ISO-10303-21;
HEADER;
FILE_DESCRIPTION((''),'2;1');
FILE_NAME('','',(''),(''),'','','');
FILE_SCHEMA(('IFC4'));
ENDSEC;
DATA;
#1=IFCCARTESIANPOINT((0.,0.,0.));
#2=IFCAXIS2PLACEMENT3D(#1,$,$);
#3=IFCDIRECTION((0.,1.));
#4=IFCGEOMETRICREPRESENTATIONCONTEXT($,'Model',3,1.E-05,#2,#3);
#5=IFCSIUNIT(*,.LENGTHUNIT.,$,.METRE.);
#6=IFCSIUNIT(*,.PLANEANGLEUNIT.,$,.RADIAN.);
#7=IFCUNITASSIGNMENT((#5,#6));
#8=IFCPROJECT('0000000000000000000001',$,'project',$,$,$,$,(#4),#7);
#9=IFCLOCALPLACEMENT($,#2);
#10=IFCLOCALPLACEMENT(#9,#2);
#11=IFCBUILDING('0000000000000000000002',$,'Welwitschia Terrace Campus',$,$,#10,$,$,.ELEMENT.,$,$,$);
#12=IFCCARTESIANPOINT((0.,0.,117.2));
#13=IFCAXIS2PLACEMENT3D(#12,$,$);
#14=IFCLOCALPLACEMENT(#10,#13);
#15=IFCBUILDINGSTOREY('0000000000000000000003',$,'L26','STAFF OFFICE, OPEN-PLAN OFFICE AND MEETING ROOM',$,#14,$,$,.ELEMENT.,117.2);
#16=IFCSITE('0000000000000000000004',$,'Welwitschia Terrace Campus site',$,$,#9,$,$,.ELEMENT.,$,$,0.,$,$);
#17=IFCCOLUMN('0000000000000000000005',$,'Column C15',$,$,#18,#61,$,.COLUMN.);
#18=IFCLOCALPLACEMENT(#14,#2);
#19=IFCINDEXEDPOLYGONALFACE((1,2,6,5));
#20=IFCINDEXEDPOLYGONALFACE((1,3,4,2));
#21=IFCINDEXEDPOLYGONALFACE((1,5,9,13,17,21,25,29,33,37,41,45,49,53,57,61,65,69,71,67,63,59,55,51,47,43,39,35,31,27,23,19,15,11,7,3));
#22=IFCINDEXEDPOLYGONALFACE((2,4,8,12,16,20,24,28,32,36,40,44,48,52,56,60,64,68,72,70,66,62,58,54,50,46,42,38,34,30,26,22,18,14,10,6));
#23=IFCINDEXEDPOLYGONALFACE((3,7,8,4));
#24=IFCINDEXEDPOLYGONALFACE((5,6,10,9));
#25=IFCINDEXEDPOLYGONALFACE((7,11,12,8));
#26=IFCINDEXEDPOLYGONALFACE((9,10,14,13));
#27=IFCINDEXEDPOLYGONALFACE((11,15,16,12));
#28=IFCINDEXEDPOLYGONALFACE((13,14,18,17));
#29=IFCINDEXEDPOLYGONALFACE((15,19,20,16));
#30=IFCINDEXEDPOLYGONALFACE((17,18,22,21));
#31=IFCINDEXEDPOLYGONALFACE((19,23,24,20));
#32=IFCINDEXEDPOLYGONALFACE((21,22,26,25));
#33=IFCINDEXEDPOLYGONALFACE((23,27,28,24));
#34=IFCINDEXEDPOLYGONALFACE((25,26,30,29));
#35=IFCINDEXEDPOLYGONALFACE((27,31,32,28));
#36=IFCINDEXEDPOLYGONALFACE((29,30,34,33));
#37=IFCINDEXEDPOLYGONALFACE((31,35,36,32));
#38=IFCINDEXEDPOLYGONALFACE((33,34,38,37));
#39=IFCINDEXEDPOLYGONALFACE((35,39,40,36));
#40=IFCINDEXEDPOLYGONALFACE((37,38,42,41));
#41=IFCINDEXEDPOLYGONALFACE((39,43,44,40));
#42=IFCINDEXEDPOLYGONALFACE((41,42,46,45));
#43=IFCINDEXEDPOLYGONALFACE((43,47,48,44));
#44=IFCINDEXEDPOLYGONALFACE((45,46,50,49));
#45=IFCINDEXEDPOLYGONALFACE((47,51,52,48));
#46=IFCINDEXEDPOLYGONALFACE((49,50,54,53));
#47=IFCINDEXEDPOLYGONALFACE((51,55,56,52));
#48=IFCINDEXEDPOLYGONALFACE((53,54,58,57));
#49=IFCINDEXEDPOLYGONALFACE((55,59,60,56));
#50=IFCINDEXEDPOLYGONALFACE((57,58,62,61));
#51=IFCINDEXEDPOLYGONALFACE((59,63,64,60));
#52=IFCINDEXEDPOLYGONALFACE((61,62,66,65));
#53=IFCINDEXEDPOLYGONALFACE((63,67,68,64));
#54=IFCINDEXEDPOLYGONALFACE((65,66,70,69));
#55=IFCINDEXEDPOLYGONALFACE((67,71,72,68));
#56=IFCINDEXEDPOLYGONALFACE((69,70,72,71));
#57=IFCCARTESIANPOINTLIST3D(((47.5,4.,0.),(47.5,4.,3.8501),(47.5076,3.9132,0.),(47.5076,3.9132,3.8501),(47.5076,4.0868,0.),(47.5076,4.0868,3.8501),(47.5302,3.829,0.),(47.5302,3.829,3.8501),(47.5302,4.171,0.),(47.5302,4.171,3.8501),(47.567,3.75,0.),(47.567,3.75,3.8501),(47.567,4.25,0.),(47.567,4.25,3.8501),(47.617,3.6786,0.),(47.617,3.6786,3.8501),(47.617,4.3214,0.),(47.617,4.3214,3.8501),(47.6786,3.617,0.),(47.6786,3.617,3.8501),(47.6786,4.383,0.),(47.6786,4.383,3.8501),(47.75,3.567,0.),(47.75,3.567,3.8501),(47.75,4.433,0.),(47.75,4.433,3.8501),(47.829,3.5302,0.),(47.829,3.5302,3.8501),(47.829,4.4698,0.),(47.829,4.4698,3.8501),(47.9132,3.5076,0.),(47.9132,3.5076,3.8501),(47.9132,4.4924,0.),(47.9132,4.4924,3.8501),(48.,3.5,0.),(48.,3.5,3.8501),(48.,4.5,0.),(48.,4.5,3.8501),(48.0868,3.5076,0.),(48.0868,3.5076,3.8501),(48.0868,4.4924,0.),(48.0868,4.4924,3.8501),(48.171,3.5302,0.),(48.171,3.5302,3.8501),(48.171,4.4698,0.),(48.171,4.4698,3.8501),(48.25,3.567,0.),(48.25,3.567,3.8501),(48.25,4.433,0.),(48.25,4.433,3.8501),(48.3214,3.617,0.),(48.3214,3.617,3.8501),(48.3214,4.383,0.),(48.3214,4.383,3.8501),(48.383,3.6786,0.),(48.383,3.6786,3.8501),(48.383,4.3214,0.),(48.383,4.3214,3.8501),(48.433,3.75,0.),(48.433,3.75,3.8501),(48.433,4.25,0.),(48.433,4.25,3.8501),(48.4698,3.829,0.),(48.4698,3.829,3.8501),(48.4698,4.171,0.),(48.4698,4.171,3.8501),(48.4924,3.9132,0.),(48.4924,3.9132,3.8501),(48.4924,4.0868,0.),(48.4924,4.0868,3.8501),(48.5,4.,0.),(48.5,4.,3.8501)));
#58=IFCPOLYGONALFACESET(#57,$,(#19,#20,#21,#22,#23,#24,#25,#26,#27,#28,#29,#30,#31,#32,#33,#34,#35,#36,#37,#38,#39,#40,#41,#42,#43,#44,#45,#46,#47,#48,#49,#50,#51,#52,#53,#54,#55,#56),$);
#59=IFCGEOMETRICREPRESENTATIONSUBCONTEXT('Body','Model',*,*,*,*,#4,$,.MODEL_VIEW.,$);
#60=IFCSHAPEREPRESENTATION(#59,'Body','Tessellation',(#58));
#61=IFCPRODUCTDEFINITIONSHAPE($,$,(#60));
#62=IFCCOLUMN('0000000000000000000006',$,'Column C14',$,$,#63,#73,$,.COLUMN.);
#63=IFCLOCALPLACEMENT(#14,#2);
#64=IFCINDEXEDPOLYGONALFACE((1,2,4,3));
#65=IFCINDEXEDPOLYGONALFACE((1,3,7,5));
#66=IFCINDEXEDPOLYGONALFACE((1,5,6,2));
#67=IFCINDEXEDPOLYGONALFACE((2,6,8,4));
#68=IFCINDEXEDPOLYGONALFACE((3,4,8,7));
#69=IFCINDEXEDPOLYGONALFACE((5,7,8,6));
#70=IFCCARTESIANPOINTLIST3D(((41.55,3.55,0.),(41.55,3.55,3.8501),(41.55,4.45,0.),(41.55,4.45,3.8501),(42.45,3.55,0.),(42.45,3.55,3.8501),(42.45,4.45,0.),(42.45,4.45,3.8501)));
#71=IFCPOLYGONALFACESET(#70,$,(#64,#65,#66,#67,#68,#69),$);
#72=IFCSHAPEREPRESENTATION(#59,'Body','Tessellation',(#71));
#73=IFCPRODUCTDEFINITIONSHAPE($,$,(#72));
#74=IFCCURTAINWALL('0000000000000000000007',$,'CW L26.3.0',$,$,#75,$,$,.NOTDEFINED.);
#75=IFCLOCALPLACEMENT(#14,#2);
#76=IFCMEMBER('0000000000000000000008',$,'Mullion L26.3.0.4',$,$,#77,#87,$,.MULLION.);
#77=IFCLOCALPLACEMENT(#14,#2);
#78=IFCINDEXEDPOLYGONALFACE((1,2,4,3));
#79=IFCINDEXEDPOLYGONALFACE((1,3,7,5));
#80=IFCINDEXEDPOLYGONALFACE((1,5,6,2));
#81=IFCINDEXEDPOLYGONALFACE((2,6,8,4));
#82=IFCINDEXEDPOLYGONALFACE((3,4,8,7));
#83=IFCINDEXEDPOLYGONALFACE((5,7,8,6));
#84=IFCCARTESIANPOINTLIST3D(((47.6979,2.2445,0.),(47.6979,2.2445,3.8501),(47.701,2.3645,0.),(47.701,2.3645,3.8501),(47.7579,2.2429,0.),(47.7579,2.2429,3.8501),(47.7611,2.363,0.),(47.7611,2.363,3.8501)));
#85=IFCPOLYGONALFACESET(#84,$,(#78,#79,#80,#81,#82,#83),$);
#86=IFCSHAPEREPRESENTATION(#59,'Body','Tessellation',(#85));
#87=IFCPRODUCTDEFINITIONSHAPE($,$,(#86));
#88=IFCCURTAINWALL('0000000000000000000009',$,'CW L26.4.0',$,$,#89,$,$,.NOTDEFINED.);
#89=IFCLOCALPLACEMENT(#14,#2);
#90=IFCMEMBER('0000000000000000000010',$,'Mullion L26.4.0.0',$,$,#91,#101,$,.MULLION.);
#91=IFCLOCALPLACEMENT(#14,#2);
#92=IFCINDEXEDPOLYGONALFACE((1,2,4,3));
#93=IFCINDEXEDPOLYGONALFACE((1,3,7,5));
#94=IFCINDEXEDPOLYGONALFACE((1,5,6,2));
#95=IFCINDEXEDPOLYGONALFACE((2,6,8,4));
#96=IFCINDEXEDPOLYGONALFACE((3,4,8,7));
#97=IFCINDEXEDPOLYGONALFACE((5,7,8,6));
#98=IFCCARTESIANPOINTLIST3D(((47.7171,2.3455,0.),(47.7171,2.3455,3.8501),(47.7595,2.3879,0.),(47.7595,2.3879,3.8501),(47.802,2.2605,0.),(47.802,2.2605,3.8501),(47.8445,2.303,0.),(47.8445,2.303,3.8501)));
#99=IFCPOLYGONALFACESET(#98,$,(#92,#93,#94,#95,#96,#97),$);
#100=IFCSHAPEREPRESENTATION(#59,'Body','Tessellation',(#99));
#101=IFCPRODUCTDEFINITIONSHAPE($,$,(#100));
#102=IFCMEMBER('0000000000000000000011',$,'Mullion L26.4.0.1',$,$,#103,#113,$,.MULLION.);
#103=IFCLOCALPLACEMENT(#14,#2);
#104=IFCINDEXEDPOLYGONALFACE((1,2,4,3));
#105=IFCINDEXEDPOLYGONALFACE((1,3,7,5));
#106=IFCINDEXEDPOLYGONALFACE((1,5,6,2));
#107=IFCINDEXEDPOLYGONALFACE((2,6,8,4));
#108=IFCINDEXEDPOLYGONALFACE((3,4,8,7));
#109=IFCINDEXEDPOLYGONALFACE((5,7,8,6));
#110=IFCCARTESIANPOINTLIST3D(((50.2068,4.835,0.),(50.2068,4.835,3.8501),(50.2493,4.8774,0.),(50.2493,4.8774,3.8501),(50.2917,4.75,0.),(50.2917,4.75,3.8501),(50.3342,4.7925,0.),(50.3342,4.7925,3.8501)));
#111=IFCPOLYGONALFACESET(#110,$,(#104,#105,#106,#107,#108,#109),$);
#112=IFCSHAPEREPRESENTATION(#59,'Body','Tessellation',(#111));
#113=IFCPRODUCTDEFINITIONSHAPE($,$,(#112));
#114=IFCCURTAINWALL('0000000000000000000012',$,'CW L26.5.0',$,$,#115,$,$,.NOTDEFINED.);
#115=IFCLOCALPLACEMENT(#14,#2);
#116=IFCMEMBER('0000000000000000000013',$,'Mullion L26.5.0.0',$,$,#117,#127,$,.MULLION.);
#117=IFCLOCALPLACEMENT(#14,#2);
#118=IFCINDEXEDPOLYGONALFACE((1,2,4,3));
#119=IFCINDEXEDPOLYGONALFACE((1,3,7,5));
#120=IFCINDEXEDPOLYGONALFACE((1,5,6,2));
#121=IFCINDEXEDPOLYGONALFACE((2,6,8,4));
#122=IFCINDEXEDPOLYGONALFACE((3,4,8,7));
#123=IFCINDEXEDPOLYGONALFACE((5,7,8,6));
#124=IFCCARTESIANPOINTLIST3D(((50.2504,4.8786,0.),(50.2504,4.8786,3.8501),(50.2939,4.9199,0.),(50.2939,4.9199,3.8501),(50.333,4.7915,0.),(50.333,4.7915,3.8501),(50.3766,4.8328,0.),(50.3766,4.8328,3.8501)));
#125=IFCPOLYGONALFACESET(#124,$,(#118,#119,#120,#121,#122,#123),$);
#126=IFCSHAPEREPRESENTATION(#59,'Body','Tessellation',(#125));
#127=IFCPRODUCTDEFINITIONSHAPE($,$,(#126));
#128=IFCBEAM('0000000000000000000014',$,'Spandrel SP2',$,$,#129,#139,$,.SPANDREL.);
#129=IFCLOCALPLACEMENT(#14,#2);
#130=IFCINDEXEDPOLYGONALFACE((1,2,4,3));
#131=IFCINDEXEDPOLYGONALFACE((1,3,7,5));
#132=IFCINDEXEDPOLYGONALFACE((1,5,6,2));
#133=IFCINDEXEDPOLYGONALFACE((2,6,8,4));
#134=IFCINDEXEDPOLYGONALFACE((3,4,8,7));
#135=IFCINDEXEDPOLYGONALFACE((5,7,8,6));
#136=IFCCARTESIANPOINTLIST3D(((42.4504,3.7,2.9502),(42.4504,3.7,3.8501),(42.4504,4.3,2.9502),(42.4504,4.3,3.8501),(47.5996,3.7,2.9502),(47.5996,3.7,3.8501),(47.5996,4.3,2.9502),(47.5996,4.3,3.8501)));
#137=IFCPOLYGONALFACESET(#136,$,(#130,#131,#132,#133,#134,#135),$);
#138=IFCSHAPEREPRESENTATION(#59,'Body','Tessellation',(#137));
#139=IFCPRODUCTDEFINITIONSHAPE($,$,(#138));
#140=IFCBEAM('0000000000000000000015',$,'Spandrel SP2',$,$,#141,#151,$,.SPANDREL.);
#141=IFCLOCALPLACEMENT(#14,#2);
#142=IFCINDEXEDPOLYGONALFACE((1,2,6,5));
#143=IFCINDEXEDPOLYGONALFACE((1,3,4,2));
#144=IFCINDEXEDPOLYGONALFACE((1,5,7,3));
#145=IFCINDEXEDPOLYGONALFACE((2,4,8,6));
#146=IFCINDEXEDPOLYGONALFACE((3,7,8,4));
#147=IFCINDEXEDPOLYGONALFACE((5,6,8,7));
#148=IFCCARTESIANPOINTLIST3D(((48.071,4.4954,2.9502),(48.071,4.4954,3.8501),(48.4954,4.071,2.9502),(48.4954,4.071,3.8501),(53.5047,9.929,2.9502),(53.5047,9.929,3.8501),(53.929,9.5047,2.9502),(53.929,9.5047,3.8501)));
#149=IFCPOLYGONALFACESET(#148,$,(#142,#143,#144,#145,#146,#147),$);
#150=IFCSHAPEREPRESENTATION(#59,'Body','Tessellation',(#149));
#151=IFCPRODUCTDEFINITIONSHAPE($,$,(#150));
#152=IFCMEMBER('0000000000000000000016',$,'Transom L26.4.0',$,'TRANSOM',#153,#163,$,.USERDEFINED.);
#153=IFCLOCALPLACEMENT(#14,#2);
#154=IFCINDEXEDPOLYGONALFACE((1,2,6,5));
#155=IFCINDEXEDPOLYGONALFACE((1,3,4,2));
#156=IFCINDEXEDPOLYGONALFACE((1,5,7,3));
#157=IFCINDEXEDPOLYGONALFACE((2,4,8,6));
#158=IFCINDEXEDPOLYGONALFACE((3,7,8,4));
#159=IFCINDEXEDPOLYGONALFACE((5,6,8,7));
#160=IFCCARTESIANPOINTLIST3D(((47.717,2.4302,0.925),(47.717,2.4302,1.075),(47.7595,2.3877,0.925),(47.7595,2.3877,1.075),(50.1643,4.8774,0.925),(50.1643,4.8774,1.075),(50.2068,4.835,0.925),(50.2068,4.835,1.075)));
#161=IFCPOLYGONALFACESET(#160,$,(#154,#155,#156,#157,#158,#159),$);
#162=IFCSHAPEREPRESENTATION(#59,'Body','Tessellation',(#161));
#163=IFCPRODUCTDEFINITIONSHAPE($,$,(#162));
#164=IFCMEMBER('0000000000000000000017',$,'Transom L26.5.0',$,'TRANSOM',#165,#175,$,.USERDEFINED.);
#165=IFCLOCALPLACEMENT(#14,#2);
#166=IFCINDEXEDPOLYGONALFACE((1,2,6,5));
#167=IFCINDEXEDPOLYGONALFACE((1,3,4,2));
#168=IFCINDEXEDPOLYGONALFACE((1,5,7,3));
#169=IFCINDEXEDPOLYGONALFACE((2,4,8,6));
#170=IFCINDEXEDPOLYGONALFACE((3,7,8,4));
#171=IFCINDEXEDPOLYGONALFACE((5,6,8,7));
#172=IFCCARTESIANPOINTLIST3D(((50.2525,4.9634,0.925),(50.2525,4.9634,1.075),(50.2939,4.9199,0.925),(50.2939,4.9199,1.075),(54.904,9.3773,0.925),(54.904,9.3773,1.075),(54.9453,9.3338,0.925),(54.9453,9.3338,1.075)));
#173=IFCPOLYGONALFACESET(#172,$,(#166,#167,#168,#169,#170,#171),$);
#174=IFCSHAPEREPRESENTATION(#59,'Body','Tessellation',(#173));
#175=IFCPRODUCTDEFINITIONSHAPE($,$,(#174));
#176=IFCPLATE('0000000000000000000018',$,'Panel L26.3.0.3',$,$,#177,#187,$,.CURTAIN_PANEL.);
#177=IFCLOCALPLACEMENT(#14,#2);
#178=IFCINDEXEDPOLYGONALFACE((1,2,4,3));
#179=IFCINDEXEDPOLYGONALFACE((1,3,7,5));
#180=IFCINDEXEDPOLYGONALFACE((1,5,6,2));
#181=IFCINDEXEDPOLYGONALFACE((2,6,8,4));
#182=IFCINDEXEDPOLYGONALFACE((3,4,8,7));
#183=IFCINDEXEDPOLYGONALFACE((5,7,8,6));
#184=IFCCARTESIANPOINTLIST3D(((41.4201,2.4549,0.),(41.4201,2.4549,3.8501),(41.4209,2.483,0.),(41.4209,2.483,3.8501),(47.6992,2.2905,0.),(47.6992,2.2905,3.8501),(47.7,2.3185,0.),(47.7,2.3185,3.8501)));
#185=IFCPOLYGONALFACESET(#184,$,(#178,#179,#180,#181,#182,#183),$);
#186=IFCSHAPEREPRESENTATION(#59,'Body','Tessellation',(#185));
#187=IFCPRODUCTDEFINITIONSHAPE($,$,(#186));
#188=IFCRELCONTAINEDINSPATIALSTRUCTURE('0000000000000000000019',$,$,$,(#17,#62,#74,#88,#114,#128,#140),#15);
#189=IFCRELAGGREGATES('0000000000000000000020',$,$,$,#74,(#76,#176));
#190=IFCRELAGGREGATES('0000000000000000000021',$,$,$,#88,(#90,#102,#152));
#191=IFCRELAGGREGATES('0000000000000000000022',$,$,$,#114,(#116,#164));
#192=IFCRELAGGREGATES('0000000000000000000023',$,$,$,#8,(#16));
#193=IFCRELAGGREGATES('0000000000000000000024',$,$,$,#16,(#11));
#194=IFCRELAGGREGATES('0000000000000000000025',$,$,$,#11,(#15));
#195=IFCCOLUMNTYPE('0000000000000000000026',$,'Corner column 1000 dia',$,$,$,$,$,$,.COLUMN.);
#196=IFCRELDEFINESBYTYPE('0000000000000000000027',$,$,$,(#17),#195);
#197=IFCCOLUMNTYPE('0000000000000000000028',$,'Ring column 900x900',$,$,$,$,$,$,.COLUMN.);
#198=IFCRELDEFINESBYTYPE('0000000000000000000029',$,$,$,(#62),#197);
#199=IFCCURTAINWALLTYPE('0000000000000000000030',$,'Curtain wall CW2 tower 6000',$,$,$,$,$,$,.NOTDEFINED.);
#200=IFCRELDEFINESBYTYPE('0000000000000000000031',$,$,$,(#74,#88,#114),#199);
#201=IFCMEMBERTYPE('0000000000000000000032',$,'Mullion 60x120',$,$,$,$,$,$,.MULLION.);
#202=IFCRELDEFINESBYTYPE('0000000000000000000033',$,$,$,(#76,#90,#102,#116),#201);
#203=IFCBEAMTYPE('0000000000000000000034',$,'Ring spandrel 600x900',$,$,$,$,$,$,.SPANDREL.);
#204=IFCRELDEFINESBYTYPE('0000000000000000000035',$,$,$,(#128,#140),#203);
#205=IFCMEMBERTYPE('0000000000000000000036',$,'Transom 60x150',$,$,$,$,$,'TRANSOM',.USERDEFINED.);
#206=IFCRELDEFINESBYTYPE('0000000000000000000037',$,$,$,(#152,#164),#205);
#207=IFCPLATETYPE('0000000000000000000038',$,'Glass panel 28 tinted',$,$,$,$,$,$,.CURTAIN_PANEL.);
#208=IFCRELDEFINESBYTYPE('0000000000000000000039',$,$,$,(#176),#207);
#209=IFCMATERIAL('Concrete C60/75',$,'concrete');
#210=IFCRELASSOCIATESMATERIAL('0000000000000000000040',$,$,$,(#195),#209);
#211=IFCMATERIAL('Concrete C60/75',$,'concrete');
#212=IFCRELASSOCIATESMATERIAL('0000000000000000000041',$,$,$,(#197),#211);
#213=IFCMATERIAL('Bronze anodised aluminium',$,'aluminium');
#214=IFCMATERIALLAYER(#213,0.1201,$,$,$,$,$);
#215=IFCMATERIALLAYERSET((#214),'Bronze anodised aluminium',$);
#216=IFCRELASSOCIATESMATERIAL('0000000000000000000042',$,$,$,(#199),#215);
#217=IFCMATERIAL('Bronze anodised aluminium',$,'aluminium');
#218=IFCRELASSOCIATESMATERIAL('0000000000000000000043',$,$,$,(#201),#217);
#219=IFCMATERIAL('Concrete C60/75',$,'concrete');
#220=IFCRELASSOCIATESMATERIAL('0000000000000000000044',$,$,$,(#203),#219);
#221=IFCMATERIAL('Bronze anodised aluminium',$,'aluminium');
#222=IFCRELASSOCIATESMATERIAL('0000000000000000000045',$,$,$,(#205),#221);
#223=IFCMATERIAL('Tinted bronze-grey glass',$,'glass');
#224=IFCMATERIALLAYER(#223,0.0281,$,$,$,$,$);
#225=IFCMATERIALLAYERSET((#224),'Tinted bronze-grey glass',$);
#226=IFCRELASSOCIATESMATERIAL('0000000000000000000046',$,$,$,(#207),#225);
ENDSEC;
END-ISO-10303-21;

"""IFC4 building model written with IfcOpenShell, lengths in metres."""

from ifc_helpers import new_model, si_unit, direction, frame, origin, origin_2d, place, context, subcontext, project, spatial, rectangle, circle, extrude, material, layer, layer_set, material_profile, profile_set, type_object, element, aggregate, save


model = new_model("IFC4")

# Units and contexts
model_context = context("Model", 3, precision=1e-05, world=origin(), true_north=direction((0.0, 1.0)))
body_context = subcontext(model_context, "Body", "Model", "MODEL_VIEW")
ifc_project = project(units=[si_unit("LENGTHUNIT", "METRE"), si_unit("PLANEANGLEUNIT", "RADIAN")], contexts=[model_context])

# Site, building, storey
site_placement = place(None, origin())
site = spatial("IfcSite", under=ifc_project, at=site_placement, Name="Welwitschia Terrace Campus site", CompositionType="ELEMENT", RefElevation=0.0)
building_placement = place(site_placement, origin())
building = spatial("IfcBuilding", under=site, at=building_placement, Name="Welwitschia Terrace Campus", CompositionType="ELEMENT")
storey_placement = place(building_placement, frame((0.0, 0.0, 117.2)))
storey = spatial("IfcBuildingStorey", under=building, at=storey_placement, Name="L26", Description="STAFF OFFICE, OPEN-PLAN OFFICE AND MEETING ROOM", CompositionType="ELEMENT", Elevation=117.2)

# Columns
ifc_material_1 = material(Name="Concrete C60/75", Category="concrete")
ifc_material_profile_1 = material_profile(ifc_material_1, circle(Radius=0.5, at=origin_2d()))
ifc_profile_set_1 = profile_set([ifc_material_profile_1], Name="Concrete C60/75")
column_type_1 = type_object("IfcColumnType", Name="Corner column 1000 dia", PredefinedType="COLUMN", material=ifc_profile_set_1)
column_1_placement = place(storey_placement, frame((48.0, 4.0, 0.0), z_axis=(0.0, 0.0, 1.0), x_axis=(1.0, 0.0, 0.0)))
element("IfcColumn", 1, at=column_1_placement, inside=storey, type_object=column_type_1, Name="Column C15", PredefinedType="COLUMN", context=body_context, shape_type="SweptSolid", body=[
    extrude(circle(Radius=0.5, at=origin_2d()), origin(), (0.0, 0.0, 1.0), 3.8501),
])
ifc_material_2 = material(Name="Concrete C60/75", Category="concrete")
ifc_material_profile_2 = material_profile(ifc_material_2, rectangle(XDim=0.8999, YDim=0.8999, at=origin_2d()))
ifc_profile_set_2 = profile_set([ifc_material_profile_2], Name="Concrete C60/75")
column_type_2 = type_object("IfcColumnType", Name="Ring column 900x900", PredefinedType="COLUMN", material=ifc_profile_set_2)
column_2_placement = place(storey_placement, frame((42.0, 4.0, 0.0), z_axis=(0.0, 0.0, 1.0), x_axis=(1.0, 0.0, 0.0)))
element("IfcColumn", 2, at=column_2_placement, inside=storey, type_object=column_type_2, Name="Column C14", PredefinedType="COLUMN", context=body_context, shape_type="SweptSolid", body=[
    extrude(rectangle(XDim=0.8999, YDim=0.8999, at=origin_2d()), origin(), (0.0, 0.0, 1.0), 3.8501),
])

# Curtain wall, member
ifc_material_3 = material(Name="Bronze anodised aluminium", Category="aluminium")
ifc_layer_1 = layer(ifc_material_3, 0.1201)
ifc_layer_set_1 = layer_set([ifc_layer_1], Name="Bronze anodised aluminium")
curtain_wall_type = type_object("IfcCurtainWallType", Name="Curtain wall CW2 tower 6000", PredefinedType="NOTDEFINED", material=ifc_layer_set_1)
curtain_wall_1_placement = place(storey_placement, origin())
curtain_wall_1 = element("IfcCurtainWall", 3, at=curtain_wall_1_placement, inside=storey, type_object=curtain_wall_type, Name="CW L26.3.0", PredefinedType="NOTDEFINED")
ifc_material_4 = material(Name="Bronze anodised aluminium", Category="aluminium")
ifc_material_profile_3 = material_profile(ifc_material_4, rectangle(XDim=0.1201, YDim=0.0601, at=origin_2d()))
ifc_profile_set_3 = profile_set([ifc_material_profile_3], Name="Bronze anodised aluminium")
member_type_1 = type_object("IfcMemberType", Name="Mullion 60x120", PredefinedType="MULLION", material=ifc_profile_set_3)
member_1_placement = place(storey_placement, frame((47.7295, 2.3037, 0.0), z_axis=(0.0, 0.0, 1.0), x_axis=(0.026177, 0.999657, 0.0)))
member_1 = element("IfcMember", 4, at=member_1_placement, type_object=member_type_1, Name="Mullion L26.3.0.4", PredefinedType="MULLION", context=body_context, shape_type="SweptSolid", body=[
    extrude(rectangle(XDim=0.1201, YDim=0.0601, at=origin_2d()), origin(), (0.0, 0.0, 1.0), 3.8501),
])

# Curtain wall, members
curtain_wall_2_placement = place(storey_placement, origin())
curtain_wall_2 = element("IfcCurtainWall", 5, at=curtain_wall_2_placement, inside=storey, type_object=curtain_wall_type, Name="CW L26.4.0", PredefinedType="NOTDEFINED")
member_2_placement = place(storey_placement, frame((47.7808, 2.3242, 0.0), z_axis=(0.0, 0.0, 1.0), x_axis=(-0.707107, 0.707107, 0.0)))
member_2 = element("IfcMember", 6, at=member_2_placement, type_object=member_type_1, Name="Mullion L26.4.0.0", PredefinedType="MULLION", context=body_context, shape_type="SweptSolid", body=[
    extrude(rectangle(XDim=0.1201, YDim=0.0601, at=origin_2d()), origin(), (0.0, 0.0, 1.0), 3.8501),
])
member_3_placement = place(storey_placement, frame((50.2705, 4.8137, 0.0), z_axis=(0.0, 0.0, 1.0), x_axis=(-0.707107, 0.707107, 0.0)))
member_3 = element("IfcMember", 7, at=member_3_placement, type_object=member_type_1, Name="Mullion L26.4.0.1", PredefinedType="MULLION", context=body_context, shape_type="SweptSolid", body=[
    extrude(rectangle(XDim=0.1201, YDim=0.0601, at=origin_2d()), origin(), (0.0, 0.0, 1.0), 3.8501),
])

# Curtain wall, member
curtain_wall_3_placement = place(storey_placement, origin())
curtain_wall_3 = element("IfcCurtainWall", 8, at=curtain_wall_3_placement, inside=storey, type_object=curtain_wall_type, Name="CW L26.5.0", PredefinedType="NOTDEFINED")
member_4_placement = place(storey_placement, frame((50.3135, 4.8557, 0.0), z_axis=(0.0, 0.0, 1.0), x_axis=(-0.688355, 0.725374, 0.0)))
member_4 = element("IfcMember", 9, at=member_4_placement, type_object=member_type_1, Name="Mullion L26.5.0.0", PredefinedType="MULLION", context=body_context, shape_type="SweptSolid", body=[
    extrude(rectangle(XDim=0.1201, YDim=0.0601, at=origin_2d()), origin(), (0.0, 0.0, 1.0), 3.8501),
])

# Beams
ifc_material_5 = material(Name="Concrete C60/75", Category="concrete")
ifc_material_profile_4 = material_profile(ifc_material_5, rectangle(XDim=0.6001, YDim=0.8999, at=origin_2d()))
ifc_profile_set_4 = profile_set([ifc_material_profile_4], Name="Concrete C60/75")
beam_type = type_object("IfcBeamType", Name="Ring spandrel 600x900", PredefinedType="SPANDREL", material=ifc_profile_set_4)
beam_1_placement = place(storey_placement, frame((42.4504, 4.0, 3.4001), z_axis=(1.0, 0.0, 0.0), x_axis=(0.0, 1.0, 0.0)))
element("IfcBeam", 10, at=beam_1_placement, inside=storey, type_object=beam_type, Name="Spandrel SP2", PredefinedType="SPANDREL", context=body_context, shape_type="SweptSolid", body=[
    extrude(rectangle(XDim=0.6001, YDim=0.8999, at=origin_2d()), origin(), (0.0, 0.0, 1.0), 5.1492),
])
beam_2_placement = place(storey_placement, frame((48.2832, 4.2832, 3.4001), z_axis=(0.707107, 0.707107, 0.0), x_axis=(-0.707107, 0.707107, 0.0)))
element("IfcBeam", 11, at=beam_2_placement, inside=storey, type_object=beam_type, Name="Spandrel SP2", PredefinedType="SPANDREL", context=body_context, shape_type="SweptSolid", body=[
    extrude(rectangle(XDim=0.6001, YDim=0.8999, at=origin_2d()), origin(), (0.0, 0.0, 1.0), 7.6843),
])

# Members
ifc_material_6 = material(Name="Bronze anodised aluminium", Category="aluminium")
ifc_material_profile_5 = material_profile(ifc_material_6, rectangle(XDim=0.0601, YDim=0.1499, at=origin_2d()))
ifc_profile_set_5 = profile_set([ifc_material_profile_5], Name="Bronze anodised aluminium")
member_type_2 = type_object("IfcMemberType", Name="Transom 60x150", ElementType="TRANSOM", PredefinedType="USERDEFINED", material=ifc_profile_set_5)
member_5_placement = place(storey_placement, frame((47.7383, 2.4089, 1.0), z_axis=(0.707107, 0.707107, 0.0), x_axis=(-0.707107, 0.707107, 0.0)))
member_5 = element("IfcMember", 12, at=member_5_placement, type_object=member_type_2, Name="Transom L26.4.0", ObjectType="TRANSOM", PredefinedType="USERDEFINED", context=body_context, shape_type="SweptSolid", body=[
    extrude(rectangle(XDim=0.0601, YDim=0.1499, at=origin_2d()), origin(), (0.0, 0.0, 1.0), 3.4609),
])
member_6_placement = place(storey_placement, frame((50.2732, 4.9417, 1.0), z_axis=(0.725387, 0.688341, 0.0), x_axis=(-0.688341, 0.725387, 0.0)))
member_6 = element("IfcMember", 13, at=member_6_placement, type_object=member_type_2, Name="Transom L26.5.0", ObjectType="TRANSOM", PredefinedType="USERDEFINED", context=body_context, shape_type="SweptSolid", body=[
    extrude(rectangle(XDim=0.0601, YDim=0.1499, at=origin_2d()), origin(), (0.0, 0.0, 1.0), 6.4124),
])

# Plate
ifc_material_7 = material(Name="Tinted bronze-grey glass", Category="glass")
ifc_layer_2 = layer(ifc_material_7, 0.0281)
ifc_layer_set_2 = layer_set([ifc_layer_2], Name="Tinted bronze-grey glass")
plate_type = type_object("IfcPlateType", Name="Glass panel 28 tinted", PredefinedType="CURTAIN_PANEL", material=ifc_layer_set_2)
plate_1_placement = place(storey_placement, frame((44.5601, 2.3867, 0.0), z_axis=(0.0, 0.0, 1.0), x_axis=(0.999657, -0.026177, 0.0)))
plate_1 = element("IfcPlate", 14, at=plate_1_placement, type_object=plate_type, Name="Panel L26.3.0.3", PredefinedType="CURTAIN_PANEL", context=body_context, shape_type="SweptSolid", body=[
    extrude(rectangle(XDim=6.2812, YDim=0.0281, at=origin_2d()), origin(), (0.0, 0.0, 1.0), 3.8501),
])
aggregate(curtain_wall_1, [member_1, plate_1])
aggregate(curtain_wall_2, [member_2, member_3, member_5])
aggregate(curtain_wall_3, [member_4, member_6])

save(model, "model.ifc")
